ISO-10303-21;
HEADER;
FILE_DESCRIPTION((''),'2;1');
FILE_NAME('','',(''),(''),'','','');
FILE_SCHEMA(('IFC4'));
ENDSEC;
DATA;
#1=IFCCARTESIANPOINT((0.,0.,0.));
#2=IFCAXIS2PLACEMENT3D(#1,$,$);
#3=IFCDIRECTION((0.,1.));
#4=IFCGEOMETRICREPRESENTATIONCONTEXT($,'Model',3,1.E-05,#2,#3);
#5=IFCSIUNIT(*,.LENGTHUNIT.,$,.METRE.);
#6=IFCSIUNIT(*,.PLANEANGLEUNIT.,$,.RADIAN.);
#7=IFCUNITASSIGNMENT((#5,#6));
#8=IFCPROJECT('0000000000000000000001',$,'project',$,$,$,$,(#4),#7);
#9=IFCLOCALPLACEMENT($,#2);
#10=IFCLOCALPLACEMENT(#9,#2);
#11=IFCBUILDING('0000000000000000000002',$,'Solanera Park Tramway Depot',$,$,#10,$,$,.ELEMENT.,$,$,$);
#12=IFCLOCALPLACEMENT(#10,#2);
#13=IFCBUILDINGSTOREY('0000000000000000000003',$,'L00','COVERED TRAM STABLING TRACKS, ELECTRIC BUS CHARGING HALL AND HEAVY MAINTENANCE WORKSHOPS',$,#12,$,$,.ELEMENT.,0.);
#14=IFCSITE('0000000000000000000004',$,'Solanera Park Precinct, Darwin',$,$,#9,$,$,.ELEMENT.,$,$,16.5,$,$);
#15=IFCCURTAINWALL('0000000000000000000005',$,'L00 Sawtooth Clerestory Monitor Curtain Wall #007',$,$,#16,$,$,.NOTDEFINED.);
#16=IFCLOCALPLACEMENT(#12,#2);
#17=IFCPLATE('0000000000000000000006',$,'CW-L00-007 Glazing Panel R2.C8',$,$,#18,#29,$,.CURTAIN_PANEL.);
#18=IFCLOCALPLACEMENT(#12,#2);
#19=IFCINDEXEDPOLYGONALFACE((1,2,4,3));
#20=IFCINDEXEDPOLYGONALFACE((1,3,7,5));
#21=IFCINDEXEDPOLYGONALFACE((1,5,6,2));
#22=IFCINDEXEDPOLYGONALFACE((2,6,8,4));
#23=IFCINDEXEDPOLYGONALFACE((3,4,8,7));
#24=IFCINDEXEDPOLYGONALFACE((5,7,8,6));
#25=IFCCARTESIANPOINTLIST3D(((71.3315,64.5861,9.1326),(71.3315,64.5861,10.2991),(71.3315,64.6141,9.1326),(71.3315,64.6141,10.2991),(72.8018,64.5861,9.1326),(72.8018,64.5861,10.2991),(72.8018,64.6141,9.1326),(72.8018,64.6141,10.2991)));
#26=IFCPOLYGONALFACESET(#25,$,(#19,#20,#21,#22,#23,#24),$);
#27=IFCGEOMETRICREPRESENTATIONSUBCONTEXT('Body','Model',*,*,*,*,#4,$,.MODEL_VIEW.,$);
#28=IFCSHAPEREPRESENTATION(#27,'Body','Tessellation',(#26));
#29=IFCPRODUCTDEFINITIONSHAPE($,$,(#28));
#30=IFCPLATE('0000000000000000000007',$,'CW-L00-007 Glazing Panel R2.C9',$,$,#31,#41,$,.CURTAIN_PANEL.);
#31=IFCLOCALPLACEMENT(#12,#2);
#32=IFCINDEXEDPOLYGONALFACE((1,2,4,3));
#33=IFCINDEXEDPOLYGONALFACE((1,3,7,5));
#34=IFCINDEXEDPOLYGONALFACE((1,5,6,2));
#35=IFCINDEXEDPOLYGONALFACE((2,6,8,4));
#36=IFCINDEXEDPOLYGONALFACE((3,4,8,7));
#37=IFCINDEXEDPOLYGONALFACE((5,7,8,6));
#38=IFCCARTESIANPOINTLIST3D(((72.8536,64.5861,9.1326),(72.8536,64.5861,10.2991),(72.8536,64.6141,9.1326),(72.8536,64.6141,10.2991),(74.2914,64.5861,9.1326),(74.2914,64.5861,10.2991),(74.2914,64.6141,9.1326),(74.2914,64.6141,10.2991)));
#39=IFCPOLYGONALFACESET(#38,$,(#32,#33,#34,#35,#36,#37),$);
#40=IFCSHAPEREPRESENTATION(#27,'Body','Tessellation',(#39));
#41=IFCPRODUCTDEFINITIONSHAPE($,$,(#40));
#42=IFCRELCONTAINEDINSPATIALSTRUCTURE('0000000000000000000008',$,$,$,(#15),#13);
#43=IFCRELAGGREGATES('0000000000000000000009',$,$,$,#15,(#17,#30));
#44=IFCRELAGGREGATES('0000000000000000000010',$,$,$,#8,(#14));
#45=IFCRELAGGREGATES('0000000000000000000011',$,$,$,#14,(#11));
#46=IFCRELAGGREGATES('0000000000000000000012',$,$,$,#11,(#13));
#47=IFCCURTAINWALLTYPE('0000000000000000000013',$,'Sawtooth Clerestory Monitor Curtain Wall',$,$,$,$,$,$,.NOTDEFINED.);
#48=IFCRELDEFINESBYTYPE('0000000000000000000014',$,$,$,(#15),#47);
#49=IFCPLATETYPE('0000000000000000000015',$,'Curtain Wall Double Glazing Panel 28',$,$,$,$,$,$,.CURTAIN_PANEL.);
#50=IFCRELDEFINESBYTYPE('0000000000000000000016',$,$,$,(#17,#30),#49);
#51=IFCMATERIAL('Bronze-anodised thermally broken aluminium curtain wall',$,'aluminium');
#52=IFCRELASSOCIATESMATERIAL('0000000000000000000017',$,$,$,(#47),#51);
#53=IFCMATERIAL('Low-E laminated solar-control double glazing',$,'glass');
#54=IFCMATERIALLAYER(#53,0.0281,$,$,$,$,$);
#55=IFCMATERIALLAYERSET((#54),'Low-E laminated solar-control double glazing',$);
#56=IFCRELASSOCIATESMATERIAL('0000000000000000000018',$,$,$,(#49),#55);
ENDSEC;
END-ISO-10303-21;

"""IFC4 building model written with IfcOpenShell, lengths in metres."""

from ifc_helpers import new_model, si_unit, direction, frame, origin, origin_2d, place, context, subcontext, project, spatial, rectangle, extrude, material, layer, layer_set, type_object, element, aggregate, save


model = new_model("IFC4")

# Units and contexts
model_context = context("Model", 3, precision=1e-05, world=origin(), true_north=direction((0.0, 1.0)))
body_context = subcontext(model_context, "Body", "Model", "MODEL_VIEW")
ifc_project = project(units=[si_unit("LENGTHUNIT", "METRE"), si_unit("PLANEANGLEUNIT", "RADIAN")], contexts=[model_context])

# Site, building, storey
site_placement = place(None, origin())
site = spatial("IfcSite", under=ifc_project, at=site_placement, Name="Solanera Park Precinct, Darwin", CompositionType="ELEMENT", RefElevation=16.5)
building_placement = place(site_placement, origin())
building = spatial("IfcBuilding", under=site, at=building_placement, Name="Solanera Park Tramway Depot", CompositionType="ELEMENT")
storey_placement = place(building_placement, origin())
storey = spatial("IfcBuildingStorey", under=building, at=storey_placement, Name="L00", Description="COVERED TRAM STABLING TRACKS, ELECTRIC BUS CHARGING HALL AND HEAVY MAINTENANCE WORKSHOPS", CompositionType="ELEMENT", Elevation=0.0)

# Curtain wall, plates
ifc_material_1 = material(Name="Bronze-anodised thermally broken aluminium curtain wall", Category="aluminium")
curtain_wall_type = type_object("IfcCurtainWallType", Name="Sawtooth Clerestory Monitor Curtain Wall", PredefinedType="NOTDEFINED", material=ifc_material_1)
curtain_wall_placement = place(storey_placement, origin())
curtain_wall = element("IfcCurtainWall", 1, at=curtain_wall_placement, inside=storey, type_object=curtain_wall_type, Name="L00 Sawtooth Clerestory Monitor Curtain Wall #007", PredefinedType="NOTDEFINED")
ifc_material_2 = material(Name="Low-E laminated solar-control double glazing", Category="glass")
ifc_layer = layer(ifc_material_2, 0.0281)
ifc_layer_set = layer_set([ifc_layer], Name="Low-E laminated solar-control double glazing")
plate_type = type_object("IfcPlateType", Name="Curtain Wall Double Glazing Panel 28", PredefinedType="CURTAIN_PANEL", material=ifc_layer_set)
plate_1_placement = place(storey_placement, frame((72.0667, 64.6001, 9.1326), z_axis=(0.0, 0.0, 1.0), x_axis=(1.0, 0.0, 0.0)))
plate_1 = element("IfcPlate", 2, at=plate_1_placement, type_object=plate_type, Name="CW-L00-007 Glazing Panel R2.C8", PredefinedType="CURTAIN_PANEL", context=body_context, shape_type="SweptSolid", body=[
    extrude(rectangle(XDim=1.4702, YDim=0.0281, at=origin_2d()), origin(), (0.0, 0.0, 1.0), 1.1665),
])
plate_2_placement = place(storey_placement, frame((73.5725, 64.6001, 9.1326), z_axis=(0.0, 0.0, 1.0), x_axis=(1.0, 0.0, 0.0)))
plate_2 = element("IfcPlate", 3, at=plate_2_placement, type_object=plate_type, Name="CW-L00-007 Glazing Panel R2.C9", PredefinedType="CURTAIN_PANEL", context=body_context, shape_type="SweptSolid", body=[
    extrude(rectangle(XDim=1.4377, YDim=0.0281, at=origin_2d()), origin(), (0.0, 0.0, 1.0), 1.1665),
])
aggregate(curtain_wall, [plate_1, plate_2])

save(model, "model.ifc")
